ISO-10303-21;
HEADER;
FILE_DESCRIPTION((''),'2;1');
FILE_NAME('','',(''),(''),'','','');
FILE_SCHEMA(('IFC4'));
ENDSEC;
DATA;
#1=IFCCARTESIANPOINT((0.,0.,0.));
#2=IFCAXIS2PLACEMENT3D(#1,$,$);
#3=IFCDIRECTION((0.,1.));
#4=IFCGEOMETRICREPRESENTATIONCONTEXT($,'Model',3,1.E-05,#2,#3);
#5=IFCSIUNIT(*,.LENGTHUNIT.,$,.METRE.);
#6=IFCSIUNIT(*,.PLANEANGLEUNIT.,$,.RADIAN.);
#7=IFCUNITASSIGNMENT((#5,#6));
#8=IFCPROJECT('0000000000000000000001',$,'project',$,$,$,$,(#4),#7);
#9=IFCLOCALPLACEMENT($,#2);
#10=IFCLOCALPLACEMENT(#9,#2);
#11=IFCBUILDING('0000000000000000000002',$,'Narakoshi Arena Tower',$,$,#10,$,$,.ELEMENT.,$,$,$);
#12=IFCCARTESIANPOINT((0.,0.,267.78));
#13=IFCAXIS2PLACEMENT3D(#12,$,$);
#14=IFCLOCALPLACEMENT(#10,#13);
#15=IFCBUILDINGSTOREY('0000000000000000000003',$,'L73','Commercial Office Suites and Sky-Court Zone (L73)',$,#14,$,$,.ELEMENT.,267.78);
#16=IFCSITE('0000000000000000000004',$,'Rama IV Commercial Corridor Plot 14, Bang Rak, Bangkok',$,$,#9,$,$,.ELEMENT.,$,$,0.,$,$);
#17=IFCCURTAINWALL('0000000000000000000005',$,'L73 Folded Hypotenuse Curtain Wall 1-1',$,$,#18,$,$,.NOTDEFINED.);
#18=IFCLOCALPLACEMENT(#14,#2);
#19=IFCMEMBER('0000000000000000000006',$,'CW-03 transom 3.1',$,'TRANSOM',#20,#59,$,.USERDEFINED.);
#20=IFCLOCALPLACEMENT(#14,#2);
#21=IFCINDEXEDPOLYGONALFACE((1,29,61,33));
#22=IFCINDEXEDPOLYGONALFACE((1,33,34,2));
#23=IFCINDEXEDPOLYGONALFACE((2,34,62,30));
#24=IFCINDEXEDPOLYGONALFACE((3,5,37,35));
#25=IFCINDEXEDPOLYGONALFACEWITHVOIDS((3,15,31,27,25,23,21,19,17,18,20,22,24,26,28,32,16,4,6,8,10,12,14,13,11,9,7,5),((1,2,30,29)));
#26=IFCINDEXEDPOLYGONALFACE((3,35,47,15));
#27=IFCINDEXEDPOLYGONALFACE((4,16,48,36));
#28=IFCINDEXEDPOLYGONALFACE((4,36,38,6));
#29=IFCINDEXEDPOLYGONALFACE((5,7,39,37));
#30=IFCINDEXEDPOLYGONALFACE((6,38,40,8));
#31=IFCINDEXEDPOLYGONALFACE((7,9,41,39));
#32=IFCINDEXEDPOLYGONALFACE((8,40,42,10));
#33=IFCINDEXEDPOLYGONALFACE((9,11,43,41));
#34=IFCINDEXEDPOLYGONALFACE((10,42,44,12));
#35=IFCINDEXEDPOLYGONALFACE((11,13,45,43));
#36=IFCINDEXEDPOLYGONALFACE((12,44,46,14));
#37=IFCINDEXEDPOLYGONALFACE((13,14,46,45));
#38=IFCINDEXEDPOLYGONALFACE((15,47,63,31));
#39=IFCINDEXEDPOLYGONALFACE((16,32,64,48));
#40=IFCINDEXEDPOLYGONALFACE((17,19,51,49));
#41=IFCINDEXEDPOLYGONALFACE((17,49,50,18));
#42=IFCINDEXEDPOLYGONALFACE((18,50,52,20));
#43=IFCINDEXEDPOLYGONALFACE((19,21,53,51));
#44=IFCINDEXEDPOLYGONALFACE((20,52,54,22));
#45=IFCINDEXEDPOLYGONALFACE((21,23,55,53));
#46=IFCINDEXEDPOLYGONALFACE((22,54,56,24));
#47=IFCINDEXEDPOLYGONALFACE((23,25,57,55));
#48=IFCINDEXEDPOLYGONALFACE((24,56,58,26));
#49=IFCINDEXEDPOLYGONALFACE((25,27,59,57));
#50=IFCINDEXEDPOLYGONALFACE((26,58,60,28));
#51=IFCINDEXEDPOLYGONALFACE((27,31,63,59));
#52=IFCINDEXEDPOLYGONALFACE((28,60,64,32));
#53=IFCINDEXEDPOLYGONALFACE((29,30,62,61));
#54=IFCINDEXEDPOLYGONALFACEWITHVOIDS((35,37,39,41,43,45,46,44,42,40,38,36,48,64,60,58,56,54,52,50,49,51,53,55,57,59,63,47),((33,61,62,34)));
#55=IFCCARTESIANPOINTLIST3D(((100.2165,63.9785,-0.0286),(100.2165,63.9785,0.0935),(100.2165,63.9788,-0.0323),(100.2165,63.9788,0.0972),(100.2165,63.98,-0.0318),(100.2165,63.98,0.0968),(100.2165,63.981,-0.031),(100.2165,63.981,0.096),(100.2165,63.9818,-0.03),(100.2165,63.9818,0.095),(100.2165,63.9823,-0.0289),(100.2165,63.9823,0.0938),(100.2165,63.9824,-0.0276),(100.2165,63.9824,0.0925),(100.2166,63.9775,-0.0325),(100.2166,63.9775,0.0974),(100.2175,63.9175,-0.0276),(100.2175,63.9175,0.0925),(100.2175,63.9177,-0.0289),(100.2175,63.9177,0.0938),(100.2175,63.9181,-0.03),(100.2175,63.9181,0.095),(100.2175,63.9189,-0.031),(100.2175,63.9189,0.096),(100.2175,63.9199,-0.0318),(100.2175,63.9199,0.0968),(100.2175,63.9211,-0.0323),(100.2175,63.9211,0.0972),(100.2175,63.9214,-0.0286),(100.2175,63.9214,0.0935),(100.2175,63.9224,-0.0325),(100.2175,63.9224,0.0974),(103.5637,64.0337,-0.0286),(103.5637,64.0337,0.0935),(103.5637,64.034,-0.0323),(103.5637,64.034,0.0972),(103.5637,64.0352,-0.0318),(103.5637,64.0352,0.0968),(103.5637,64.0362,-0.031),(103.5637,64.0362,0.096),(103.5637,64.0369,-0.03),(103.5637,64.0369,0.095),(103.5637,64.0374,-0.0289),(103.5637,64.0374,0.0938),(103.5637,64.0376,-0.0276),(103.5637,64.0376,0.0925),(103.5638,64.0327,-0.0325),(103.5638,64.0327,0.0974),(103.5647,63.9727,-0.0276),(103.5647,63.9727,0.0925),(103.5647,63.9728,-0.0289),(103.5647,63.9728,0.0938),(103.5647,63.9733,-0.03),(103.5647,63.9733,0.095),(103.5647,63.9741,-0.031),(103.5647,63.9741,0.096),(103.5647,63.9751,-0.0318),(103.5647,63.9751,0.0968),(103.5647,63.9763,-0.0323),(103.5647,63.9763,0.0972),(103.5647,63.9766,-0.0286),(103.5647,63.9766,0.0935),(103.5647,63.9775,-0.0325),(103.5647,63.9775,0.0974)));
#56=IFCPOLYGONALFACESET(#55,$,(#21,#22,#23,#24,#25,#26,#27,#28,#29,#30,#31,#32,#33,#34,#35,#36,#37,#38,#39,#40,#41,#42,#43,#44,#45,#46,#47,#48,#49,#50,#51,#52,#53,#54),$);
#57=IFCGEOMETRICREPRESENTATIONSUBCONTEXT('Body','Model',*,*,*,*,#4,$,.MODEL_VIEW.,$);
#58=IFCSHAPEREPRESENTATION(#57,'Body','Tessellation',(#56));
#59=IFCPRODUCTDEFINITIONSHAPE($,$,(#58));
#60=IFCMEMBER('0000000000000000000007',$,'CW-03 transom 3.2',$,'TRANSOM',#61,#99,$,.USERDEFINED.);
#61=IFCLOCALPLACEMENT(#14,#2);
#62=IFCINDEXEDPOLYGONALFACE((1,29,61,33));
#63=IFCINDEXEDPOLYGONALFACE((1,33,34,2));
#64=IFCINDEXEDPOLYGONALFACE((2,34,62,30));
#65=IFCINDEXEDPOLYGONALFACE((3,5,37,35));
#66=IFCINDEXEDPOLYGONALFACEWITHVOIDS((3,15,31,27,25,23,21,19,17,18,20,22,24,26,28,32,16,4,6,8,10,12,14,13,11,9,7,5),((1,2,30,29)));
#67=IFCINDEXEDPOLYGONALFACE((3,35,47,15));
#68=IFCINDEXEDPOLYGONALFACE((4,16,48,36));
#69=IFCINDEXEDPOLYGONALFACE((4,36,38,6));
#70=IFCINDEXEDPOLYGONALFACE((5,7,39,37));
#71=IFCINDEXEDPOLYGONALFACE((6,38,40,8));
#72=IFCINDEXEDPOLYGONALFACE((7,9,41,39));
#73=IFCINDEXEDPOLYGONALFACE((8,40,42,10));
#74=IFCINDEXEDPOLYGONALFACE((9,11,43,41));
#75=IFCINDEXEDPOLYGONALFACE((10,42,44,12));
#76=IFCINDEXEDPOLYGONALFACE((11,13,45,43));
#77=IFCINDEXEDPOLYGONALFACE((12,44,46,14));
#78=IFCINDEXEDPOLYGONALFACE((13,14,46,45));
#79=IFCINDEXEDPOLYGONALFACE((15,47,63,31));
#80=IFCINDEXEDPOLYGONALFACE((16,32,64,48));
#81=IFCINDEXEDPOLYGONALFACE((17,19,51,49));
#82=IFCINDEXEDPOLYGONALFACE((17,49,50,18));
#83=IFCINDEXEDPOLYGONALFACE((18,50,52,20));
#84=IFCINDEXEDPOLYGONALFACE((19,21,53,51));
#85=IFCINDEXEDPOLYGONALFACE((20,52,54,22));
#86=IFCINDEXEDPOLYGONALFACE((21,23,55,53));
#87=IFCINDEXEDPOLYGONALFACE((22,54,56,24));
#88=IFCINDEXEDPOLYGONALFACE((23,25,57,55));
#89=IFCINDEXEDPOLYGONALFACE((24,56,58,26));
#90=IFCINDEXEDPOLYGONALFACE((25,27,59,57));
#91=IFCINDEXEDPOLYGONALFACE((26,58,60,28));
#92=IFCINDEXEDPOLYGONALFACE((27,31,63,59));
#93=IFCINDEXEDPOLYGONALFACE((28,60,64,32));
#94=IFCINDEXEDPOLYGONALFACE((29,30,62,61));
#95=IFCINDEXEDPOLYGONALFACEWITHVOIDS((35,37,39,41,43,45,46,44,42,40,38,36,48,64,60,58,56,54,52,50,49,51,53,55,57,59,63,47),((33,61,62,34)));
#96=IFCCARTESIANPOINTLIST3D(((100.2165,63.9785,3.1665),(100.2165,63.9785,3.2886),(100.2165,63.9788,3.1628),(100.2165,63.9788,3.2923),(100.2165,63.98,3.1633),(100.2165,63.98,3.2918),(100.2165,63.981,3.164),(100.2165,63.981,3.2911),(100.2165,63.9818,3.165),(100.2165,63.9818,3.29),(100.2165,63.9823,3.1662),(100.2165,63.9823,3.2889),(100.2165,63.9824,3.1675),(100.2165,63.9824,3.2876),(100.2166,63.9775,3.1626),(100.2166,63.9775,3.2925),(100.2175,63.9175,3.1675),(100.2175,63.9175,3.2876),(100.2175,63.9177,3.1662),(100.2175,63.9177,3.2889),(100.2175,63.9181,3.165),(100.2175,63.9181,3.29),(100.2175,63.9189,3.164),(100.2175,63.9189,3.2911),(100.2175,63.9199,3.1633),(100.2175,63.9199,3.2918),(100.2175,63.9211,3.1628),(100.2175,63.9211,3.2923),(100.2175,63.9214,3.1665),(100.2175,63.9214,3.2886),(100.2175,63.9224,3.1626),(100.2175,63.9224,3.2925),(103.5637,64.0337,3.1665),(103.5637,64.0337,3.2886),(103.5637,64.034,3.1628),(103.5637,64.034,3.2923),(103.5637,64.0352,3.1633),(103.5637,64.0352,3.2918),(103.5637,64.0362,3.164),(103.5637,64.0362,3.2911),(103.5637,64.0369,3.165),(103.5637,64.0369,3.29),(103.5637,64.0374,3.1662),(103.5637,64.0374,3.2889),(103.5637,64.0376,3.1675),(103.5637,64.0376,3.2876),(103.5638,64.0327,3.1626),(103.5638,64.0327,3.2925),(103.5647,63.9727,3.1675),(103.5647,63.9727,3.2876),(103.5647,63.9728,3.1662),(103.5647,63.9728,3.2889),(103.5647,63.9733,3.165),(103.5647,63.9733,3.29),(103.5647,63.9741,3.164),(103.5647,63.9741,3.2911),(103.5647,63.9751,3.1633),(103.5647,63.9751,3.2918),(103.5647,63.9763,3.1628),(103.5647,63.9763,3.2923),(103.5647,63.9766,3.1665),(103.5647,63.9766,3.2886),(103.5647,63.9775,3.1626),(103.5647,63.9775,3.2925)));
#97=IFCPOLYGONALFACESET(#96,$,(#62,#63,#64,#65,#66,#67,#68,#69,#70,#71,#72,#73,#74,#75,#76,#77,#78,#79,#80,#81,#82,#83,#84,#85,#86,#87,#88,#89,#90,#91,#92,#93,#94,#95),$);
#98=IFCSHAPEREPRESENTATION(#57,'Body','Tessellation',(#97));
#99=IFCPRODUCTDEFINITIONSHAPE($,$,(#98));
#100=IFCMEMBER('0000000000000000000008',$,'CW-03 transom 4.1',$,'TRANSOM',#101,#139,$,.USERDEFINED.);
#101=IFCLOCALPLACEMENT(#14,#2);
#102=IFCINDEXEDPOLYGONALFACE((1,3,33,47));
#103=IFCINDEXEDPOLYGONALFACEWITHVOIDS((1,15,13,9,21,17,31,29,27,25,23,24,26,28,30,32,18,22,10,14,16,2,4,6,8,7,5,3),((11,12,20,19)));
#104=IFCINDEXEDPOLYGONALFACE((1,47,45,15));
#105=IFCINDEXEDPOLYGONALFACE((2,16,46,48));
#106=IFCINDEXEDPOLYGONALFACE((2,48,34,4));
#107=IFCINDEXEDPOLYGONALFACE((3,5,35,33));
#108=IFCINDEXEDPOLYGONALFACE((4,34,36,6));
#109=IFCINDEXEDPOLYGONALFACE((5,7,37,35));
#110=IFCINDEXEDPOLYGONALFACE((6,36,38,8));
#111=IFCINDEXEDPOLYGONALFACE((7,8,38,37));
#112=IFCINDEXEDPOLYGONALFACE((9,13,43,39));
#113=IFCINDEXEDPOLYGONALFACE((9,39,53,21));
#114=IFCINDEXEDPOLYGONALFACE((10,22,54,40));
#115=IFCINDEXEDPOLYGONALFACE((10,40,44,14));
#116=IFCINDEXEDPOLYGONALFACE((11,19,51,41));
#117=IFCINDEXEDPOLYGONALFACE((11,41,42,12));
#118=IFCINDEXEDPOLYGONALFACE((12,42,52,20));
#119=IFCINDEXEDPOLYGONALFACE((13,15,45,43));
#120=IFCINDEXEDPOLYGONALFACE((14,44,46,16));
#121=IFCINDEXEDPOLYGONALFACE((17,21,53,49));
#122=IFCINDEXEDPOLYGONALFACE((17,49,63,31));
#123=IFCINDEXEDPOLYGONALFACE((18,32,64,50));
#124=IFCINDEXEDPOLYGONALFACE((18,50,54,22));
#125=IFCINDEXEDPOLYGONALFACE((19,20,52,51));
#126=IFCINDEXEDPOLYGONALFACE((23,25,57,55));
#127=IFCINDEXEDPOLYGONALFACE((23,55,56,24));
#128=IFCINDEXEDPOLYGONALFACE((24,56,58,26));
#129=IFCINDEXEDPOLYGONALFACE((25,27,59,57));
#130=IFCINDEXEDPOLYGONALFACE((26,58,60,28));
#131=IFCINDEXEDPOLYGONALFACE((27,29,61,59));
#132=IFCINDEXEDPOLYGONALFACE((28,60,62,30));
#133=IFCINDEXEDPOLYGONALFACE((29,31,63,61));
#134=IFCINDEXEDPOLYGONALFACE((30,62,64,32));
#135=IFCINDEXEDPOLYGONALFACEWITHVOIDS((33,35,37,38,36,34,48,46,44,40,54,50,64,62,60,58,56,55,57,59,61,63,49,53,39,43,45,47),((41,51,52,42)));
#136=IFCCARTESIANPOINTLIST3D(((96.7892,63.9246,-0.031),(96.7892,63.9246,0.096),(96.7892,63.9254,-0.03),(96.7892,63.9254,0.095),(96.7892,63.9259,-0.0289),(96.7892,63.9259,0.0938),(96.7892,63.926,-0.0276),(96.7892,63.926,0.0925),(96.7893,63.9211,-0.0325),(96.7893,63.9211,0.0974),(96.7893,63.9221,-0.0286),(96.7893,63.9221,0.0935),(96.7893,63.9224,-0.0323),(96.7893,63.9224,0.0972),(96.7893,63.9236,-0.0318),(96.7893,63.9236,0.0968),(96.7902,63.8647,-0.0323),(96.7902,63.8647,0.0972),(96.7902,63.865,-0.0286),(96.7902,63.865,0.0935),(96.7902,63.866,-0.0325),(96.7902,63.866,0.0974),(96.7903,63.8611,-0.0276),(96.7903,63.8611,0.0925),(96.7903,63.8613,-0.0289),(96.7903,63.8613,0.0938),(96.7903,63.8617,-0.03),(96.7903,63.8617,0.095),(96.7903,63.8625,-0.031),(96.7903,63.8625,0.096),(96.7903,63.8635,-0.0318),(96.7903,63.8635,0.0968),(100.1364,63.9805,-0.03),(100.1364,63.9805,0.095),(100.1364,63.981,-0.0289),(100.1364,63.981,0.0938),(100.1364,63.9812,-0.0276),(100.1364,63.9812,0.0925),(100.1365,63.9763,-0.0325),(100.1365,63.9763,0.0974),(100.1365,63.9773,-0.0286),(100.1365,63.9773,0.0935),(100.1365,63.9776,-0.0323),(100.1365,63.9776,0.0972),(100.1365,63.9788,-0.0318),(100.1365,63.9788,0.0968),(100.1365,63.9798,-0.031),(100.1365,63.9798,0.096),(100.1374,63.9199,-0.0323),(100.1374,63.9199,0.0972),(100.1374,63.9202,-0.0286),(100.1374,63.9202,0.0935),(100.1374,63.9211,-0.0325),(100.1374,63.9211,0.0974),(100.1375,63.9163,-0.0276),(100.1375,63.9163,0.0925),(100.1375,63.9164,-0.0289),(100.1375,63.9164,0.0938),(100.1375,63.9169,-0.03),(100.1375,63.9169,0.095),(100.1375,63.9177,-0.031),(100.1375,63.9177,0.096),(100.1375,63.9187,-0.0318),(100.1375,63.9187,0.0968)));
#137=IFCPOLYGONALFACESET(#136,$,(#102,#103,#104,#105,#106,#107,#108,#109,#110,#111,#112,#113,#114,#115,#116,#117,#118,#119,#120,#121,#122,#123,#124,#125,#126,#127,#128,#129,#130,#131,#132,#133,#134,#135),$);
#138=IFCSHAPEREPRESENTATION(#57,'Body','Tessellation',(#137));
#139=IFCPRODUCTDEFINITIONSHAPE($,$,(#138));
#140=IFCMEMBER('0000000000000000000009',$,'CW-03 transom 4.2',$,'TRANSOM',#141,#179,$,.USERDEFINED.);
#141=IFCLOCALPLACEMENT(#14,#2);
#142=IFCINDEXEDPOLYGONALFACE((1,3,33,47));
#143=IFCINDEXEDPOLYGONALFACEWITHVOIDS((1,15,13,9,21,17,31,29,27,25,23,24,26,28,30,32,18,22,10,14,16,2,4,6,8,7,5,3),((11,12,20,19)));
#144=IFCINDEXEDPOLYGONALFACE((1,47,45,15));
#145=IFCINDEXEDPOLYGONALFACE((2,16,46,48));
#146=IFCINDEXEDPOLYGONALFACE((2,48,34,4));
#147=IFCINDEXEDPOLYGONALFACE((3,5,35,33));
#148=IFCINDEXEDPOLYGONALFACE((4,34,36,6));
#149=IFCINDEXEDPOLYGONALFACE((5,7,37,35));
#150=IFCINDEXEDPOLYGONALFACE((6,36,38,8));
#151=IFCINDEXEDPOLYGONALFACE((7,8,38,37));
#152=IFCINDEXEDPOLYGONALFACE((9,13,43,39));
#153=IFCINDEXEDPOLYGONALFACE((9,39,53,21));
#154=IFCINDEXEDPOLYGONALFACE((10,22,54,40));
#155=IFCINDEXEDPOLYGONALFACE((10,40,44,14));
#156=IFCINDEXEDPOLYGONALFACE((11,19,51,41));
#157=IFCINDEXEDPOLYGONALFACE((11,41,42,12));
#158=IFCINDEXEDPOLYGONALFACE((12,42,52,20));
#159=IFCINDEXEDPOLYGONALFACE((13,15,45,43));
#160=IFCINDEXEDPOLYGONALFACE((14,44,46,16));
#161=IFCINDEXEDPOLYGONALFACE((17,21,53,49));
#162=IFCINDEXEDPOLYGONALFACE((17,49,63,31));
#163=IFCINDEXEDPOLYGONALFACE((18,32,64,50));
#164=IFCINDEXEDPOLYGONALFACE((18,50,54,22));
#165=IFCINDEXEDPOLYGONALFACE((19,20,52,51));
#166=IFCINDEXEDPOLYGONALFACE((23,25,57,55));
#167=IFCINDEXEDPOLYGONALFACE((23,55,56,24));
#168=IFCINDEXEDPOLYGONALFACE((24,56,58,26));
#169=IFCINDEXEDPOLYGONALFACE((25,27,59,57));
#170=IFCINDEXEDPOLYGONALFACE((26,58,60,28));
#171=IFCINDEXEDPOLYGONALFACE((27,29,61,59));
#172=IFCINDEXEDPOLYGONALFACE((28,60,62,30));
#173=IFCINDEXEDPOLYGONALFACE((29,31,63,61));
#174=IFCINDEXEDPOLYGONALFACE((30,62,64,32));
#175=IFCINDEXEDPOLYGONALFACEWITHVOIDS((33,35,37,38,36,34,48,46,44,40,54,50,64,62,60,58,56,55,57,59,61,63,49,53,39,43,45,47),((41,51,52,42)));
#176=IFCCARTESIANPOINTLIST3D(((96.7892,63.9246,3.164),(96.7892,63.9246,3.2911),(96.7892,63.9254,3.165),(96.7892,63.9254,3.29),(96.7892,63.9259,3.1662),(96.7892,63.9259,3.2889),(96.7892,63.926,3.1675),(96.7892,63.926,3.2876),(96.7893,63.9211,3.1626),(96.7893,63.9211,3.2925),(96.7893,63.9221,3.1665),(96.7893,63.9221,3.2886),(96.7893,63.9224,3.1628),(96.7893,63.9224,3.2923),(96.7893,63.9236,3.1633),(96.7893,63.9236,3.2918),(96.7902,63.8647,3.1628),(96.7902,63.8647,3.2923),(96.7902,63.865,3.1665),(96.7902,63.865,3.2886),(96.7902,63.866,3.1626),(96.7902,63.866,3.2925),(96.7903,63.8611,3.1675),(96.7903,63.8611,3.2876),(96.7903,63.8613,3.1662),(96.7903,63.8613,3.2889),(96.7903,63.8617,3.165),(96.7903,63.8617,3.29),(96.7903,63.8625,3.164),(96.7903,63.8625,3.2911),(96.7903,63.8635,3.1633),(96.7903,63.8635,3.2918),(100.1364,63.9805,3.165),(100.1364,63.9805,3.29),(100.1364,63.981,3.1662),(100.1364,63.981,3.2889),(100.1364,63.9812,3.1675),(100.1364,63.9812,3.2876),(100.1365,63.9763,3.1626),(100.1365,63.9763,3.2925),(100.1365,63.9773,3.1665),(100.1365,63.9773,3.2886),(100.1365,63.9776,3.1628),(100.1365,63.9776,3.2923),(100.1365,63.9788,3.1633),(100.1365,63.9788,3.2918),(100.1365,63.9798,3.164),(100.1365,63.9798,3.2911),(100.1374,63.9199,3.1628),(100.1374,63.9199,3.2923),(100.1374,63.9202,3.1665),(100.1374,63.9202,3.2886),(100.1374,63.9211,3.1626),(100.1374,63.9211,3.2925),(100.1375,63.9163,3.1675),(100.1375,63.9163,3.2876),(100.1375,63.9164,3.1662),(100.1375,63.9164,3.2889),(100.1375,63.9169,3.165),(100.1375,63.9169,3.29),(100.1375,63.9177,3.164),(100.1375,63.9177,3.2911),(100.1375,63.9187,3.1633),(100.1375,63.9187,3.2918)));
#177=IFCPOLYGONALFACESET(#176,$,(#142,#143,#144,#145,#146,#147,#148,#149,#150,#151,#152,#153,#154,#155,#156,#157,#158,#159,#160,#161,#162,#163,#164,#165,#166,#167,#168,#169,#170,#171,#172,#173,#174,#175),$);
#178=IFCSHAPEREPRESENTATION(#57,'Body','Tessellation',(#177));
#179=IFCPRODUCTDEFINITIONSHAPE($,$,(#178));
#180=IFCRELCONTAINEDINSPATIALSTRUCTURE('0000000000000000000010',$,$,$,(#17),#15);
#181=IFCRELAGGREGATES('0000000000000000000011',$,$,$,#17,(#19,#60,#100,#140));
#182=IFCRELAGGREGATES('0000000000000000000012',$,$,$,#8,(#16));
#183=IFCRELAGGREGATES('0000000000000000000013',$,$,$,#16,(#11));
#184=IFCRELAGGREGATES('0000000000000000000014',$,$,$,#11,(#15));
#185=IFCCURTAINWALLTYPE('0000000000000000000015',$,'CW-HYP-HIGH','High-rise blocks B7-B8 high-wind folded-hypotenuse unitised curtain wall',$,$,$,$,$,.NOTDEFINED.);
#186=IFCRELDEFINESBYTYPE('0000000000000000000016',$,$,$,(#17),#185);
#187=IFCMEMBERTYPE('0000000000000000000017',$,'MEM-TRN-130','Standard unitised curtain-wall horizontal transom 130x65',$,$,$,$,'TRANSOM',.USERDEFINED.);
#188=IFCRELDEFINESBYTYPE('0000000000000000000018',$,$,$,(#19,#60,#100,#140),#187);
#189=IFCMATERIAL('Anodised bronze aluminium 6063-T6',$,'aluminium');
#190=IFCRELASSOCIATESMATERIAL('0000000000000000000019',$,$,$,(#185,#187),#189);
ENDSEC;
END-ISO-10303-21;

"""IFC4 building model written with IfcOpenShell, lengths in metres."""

from ifc_helpers import new_model, si_unit, direction, frame, origin, origin_2d, place, context, subcontext, project, spatial, hollow_rectangle, extrude, material, material_profile, profile_set, type_object, element, aggregate, save


model = new_model("IFC4")

# Units and contexts
model_context = context("Model", 3, precision=1e-05, world=origin(), true_north=direction((0.0, 1.0)))
body_context = subcontext(model_context, "Body", "Model", "MODEL_VIEW")
ifc_project = project(units=[si_unit("LENGTHUNIT", "METRE"), si_unit("PLANEANGLEUNIT", "RADIAN")], contexts=[model_context])

# Site, building, storey
site_placement = place(None, origin())
site = spatial("IfcSite", under=ifc_project, at=site_placement, Name="Rama IV Commercial Corridor Plot 14, Bang Rak, Bangkok", CompositionType="ELEMENT", RefElevation=0.0)
building_placement = place(site_placement, origin())
building = spatial("IfcBuilding", under=site, at=building_placement, Name="Narakoshi Arena Tower", CompositionType="ELEMENT")
storey_placement = place(building_placement, frame((0.0, 0.0, 267.78)))
storey = spatial("IfcBuildingStorey", under=building, at=storey_placement, Name="L73", Description="Commercial Office Suites and Sky-Court Zone (L73)", CompositionType="ELEMENT", Elevation=267.78)

# Curtain wall, members
ifc_material_1 = material(Name="Anodised bronze aluminium 6063-T6", Category="aluminium")
curtain_wall_type = type_object("IfcCurtainWallType", Name="CW-HYP-HIGH", Description="High-rise blocks B7-B8 high-wind folded-hypotenuse unitised curtain wall", PredefinedType="NOTDEFINED", material=ifc_material_1)
curtain_wall_placement = place(storey_placement, origin())
curtain_wall = element("IfcCurtainWall", 1, at=curtain_wall_placement, inside=storey, type_object=curtain_wall_type, Name="L73 Folded Hypotenuse Curtain Wall 1-1", PredefinedType="NOTDEFINED")
ifc_material_profile_1 = material_profile(ifc_material_1, hollow_rectangle(XDim=0.0649, YDim=0.1299, WallThickness=0.0039, OuterFilletRadius=0.0049, at=origin_2d()), Name="TRN130x65x4")
ifc_profile_set_1 = profile_set([ifc_material_profile_1], Name="Anodised bronze aluminium 6063-T6")
member_type_1 = type_object("IfcMemberType", Name="MEM-TRN-130", Description="Standard unitised curtain-wall horizontal transom 130x65", ElementType="TRANSOM", PredefinedType="USERDEFINED", material=ifc_profile_set_1)
member_1_placement = place(storey_placement, frame((103.5642, 64.0051, 0.0325), z_axis=(-0.999864, -0.016482, 0.0), x_axis=(0.016482, -0.999864, 0.0)))
member_1 = element("IfcMember", 2, at=member_1_placement, type_object=member_type_1, Name="CW-03 transom 3.1", ObjectType="TRANSOM", PredefinedType="USERDEFINED", context=body_context, shape_type="SweptSolid", body=[
    extrude(hollow_rectangle(XDim=0.0649, YDim=0.1299, WallThickness=0.0039, OuterFilletRadius=0.0049, at=origin_2d()), origin(), (0.0, 0.0, 1.0), 3.3477),
])
member_2_placement = place(storey_placement, frame((103.5642, 64.0051, 3.2275), z_axis=(-0.999864, -0.016482, 0.0), x_axis=(0.016482, -0.999864, 0.0)))
member_2 = element("IfcMember", 3, at=member_2_placement, type_object=member_type_1, Name="CW-03 transom 3.2", ObjectType="TRANSOM", PredefinedType="USERDEFINED", context=body_context, shape_type="SweptSolid", body=[
    extrude(hollow_rectangle(XDim=0.0649, YDim=0.1299, WallThickness=0.0039, OuterFilletRadius=0.0049, at=origin_2d()), origin(), (0.0, 0.0, 1.0), 3.3477),
])
member_3_placement = place(storey_placement, frame((100.137, 63.9487, 0.0325), z_axis=(-0.999864, -0.016482, 0.0), x_axis=(0.016482, -0.999864, 0.0)))
member_3 = element("IfcMember", 4, at=member_3_placement, type_object=member_type_1, Name="CW-03 transom 4.1", ObjectType="TRANSOM", PredefinedType="USERDEFINED", context=body_context, shape_type="SweptSolid", body=[
    extrude(hollow_rectangle(XDim=0.0649, YDim=0.1299, WallThickness=0.0039, OuterFilletRadius=0.0049, at=origin_2d()), origin(), (0.0, 0.0, 1.0), 3.3477),
])
member_4_placement = place(storey_placement, frame((100.137, 63.9487, 3.2275), z_axis=(-0.999864, -0.016482, 0.0), x_axis=(0.016482, -0.999864, 0.0)))
member_4 = element("IfcMember", 5, at=member_4_placement, type_object=member_type_1, Name="CW-03 transom 4.2", ObjectType="TRANSOM", PredefinedType="USERDEFINED", context=body_context, shape_type="SweptSolid", body=[
    extrude(hollow_rectangle(XDim=0.0649, YDim=0.1299, WallThickness=0.0039, OuterFilletRadius=0.0049, at=origin_2d()), origin(), (0.0, 0.0, 1.0), 3.3477),
])
aggregate(curtain_wall, [member_1, member_2, member_3, member_4])

save(model, "model.ifc")
